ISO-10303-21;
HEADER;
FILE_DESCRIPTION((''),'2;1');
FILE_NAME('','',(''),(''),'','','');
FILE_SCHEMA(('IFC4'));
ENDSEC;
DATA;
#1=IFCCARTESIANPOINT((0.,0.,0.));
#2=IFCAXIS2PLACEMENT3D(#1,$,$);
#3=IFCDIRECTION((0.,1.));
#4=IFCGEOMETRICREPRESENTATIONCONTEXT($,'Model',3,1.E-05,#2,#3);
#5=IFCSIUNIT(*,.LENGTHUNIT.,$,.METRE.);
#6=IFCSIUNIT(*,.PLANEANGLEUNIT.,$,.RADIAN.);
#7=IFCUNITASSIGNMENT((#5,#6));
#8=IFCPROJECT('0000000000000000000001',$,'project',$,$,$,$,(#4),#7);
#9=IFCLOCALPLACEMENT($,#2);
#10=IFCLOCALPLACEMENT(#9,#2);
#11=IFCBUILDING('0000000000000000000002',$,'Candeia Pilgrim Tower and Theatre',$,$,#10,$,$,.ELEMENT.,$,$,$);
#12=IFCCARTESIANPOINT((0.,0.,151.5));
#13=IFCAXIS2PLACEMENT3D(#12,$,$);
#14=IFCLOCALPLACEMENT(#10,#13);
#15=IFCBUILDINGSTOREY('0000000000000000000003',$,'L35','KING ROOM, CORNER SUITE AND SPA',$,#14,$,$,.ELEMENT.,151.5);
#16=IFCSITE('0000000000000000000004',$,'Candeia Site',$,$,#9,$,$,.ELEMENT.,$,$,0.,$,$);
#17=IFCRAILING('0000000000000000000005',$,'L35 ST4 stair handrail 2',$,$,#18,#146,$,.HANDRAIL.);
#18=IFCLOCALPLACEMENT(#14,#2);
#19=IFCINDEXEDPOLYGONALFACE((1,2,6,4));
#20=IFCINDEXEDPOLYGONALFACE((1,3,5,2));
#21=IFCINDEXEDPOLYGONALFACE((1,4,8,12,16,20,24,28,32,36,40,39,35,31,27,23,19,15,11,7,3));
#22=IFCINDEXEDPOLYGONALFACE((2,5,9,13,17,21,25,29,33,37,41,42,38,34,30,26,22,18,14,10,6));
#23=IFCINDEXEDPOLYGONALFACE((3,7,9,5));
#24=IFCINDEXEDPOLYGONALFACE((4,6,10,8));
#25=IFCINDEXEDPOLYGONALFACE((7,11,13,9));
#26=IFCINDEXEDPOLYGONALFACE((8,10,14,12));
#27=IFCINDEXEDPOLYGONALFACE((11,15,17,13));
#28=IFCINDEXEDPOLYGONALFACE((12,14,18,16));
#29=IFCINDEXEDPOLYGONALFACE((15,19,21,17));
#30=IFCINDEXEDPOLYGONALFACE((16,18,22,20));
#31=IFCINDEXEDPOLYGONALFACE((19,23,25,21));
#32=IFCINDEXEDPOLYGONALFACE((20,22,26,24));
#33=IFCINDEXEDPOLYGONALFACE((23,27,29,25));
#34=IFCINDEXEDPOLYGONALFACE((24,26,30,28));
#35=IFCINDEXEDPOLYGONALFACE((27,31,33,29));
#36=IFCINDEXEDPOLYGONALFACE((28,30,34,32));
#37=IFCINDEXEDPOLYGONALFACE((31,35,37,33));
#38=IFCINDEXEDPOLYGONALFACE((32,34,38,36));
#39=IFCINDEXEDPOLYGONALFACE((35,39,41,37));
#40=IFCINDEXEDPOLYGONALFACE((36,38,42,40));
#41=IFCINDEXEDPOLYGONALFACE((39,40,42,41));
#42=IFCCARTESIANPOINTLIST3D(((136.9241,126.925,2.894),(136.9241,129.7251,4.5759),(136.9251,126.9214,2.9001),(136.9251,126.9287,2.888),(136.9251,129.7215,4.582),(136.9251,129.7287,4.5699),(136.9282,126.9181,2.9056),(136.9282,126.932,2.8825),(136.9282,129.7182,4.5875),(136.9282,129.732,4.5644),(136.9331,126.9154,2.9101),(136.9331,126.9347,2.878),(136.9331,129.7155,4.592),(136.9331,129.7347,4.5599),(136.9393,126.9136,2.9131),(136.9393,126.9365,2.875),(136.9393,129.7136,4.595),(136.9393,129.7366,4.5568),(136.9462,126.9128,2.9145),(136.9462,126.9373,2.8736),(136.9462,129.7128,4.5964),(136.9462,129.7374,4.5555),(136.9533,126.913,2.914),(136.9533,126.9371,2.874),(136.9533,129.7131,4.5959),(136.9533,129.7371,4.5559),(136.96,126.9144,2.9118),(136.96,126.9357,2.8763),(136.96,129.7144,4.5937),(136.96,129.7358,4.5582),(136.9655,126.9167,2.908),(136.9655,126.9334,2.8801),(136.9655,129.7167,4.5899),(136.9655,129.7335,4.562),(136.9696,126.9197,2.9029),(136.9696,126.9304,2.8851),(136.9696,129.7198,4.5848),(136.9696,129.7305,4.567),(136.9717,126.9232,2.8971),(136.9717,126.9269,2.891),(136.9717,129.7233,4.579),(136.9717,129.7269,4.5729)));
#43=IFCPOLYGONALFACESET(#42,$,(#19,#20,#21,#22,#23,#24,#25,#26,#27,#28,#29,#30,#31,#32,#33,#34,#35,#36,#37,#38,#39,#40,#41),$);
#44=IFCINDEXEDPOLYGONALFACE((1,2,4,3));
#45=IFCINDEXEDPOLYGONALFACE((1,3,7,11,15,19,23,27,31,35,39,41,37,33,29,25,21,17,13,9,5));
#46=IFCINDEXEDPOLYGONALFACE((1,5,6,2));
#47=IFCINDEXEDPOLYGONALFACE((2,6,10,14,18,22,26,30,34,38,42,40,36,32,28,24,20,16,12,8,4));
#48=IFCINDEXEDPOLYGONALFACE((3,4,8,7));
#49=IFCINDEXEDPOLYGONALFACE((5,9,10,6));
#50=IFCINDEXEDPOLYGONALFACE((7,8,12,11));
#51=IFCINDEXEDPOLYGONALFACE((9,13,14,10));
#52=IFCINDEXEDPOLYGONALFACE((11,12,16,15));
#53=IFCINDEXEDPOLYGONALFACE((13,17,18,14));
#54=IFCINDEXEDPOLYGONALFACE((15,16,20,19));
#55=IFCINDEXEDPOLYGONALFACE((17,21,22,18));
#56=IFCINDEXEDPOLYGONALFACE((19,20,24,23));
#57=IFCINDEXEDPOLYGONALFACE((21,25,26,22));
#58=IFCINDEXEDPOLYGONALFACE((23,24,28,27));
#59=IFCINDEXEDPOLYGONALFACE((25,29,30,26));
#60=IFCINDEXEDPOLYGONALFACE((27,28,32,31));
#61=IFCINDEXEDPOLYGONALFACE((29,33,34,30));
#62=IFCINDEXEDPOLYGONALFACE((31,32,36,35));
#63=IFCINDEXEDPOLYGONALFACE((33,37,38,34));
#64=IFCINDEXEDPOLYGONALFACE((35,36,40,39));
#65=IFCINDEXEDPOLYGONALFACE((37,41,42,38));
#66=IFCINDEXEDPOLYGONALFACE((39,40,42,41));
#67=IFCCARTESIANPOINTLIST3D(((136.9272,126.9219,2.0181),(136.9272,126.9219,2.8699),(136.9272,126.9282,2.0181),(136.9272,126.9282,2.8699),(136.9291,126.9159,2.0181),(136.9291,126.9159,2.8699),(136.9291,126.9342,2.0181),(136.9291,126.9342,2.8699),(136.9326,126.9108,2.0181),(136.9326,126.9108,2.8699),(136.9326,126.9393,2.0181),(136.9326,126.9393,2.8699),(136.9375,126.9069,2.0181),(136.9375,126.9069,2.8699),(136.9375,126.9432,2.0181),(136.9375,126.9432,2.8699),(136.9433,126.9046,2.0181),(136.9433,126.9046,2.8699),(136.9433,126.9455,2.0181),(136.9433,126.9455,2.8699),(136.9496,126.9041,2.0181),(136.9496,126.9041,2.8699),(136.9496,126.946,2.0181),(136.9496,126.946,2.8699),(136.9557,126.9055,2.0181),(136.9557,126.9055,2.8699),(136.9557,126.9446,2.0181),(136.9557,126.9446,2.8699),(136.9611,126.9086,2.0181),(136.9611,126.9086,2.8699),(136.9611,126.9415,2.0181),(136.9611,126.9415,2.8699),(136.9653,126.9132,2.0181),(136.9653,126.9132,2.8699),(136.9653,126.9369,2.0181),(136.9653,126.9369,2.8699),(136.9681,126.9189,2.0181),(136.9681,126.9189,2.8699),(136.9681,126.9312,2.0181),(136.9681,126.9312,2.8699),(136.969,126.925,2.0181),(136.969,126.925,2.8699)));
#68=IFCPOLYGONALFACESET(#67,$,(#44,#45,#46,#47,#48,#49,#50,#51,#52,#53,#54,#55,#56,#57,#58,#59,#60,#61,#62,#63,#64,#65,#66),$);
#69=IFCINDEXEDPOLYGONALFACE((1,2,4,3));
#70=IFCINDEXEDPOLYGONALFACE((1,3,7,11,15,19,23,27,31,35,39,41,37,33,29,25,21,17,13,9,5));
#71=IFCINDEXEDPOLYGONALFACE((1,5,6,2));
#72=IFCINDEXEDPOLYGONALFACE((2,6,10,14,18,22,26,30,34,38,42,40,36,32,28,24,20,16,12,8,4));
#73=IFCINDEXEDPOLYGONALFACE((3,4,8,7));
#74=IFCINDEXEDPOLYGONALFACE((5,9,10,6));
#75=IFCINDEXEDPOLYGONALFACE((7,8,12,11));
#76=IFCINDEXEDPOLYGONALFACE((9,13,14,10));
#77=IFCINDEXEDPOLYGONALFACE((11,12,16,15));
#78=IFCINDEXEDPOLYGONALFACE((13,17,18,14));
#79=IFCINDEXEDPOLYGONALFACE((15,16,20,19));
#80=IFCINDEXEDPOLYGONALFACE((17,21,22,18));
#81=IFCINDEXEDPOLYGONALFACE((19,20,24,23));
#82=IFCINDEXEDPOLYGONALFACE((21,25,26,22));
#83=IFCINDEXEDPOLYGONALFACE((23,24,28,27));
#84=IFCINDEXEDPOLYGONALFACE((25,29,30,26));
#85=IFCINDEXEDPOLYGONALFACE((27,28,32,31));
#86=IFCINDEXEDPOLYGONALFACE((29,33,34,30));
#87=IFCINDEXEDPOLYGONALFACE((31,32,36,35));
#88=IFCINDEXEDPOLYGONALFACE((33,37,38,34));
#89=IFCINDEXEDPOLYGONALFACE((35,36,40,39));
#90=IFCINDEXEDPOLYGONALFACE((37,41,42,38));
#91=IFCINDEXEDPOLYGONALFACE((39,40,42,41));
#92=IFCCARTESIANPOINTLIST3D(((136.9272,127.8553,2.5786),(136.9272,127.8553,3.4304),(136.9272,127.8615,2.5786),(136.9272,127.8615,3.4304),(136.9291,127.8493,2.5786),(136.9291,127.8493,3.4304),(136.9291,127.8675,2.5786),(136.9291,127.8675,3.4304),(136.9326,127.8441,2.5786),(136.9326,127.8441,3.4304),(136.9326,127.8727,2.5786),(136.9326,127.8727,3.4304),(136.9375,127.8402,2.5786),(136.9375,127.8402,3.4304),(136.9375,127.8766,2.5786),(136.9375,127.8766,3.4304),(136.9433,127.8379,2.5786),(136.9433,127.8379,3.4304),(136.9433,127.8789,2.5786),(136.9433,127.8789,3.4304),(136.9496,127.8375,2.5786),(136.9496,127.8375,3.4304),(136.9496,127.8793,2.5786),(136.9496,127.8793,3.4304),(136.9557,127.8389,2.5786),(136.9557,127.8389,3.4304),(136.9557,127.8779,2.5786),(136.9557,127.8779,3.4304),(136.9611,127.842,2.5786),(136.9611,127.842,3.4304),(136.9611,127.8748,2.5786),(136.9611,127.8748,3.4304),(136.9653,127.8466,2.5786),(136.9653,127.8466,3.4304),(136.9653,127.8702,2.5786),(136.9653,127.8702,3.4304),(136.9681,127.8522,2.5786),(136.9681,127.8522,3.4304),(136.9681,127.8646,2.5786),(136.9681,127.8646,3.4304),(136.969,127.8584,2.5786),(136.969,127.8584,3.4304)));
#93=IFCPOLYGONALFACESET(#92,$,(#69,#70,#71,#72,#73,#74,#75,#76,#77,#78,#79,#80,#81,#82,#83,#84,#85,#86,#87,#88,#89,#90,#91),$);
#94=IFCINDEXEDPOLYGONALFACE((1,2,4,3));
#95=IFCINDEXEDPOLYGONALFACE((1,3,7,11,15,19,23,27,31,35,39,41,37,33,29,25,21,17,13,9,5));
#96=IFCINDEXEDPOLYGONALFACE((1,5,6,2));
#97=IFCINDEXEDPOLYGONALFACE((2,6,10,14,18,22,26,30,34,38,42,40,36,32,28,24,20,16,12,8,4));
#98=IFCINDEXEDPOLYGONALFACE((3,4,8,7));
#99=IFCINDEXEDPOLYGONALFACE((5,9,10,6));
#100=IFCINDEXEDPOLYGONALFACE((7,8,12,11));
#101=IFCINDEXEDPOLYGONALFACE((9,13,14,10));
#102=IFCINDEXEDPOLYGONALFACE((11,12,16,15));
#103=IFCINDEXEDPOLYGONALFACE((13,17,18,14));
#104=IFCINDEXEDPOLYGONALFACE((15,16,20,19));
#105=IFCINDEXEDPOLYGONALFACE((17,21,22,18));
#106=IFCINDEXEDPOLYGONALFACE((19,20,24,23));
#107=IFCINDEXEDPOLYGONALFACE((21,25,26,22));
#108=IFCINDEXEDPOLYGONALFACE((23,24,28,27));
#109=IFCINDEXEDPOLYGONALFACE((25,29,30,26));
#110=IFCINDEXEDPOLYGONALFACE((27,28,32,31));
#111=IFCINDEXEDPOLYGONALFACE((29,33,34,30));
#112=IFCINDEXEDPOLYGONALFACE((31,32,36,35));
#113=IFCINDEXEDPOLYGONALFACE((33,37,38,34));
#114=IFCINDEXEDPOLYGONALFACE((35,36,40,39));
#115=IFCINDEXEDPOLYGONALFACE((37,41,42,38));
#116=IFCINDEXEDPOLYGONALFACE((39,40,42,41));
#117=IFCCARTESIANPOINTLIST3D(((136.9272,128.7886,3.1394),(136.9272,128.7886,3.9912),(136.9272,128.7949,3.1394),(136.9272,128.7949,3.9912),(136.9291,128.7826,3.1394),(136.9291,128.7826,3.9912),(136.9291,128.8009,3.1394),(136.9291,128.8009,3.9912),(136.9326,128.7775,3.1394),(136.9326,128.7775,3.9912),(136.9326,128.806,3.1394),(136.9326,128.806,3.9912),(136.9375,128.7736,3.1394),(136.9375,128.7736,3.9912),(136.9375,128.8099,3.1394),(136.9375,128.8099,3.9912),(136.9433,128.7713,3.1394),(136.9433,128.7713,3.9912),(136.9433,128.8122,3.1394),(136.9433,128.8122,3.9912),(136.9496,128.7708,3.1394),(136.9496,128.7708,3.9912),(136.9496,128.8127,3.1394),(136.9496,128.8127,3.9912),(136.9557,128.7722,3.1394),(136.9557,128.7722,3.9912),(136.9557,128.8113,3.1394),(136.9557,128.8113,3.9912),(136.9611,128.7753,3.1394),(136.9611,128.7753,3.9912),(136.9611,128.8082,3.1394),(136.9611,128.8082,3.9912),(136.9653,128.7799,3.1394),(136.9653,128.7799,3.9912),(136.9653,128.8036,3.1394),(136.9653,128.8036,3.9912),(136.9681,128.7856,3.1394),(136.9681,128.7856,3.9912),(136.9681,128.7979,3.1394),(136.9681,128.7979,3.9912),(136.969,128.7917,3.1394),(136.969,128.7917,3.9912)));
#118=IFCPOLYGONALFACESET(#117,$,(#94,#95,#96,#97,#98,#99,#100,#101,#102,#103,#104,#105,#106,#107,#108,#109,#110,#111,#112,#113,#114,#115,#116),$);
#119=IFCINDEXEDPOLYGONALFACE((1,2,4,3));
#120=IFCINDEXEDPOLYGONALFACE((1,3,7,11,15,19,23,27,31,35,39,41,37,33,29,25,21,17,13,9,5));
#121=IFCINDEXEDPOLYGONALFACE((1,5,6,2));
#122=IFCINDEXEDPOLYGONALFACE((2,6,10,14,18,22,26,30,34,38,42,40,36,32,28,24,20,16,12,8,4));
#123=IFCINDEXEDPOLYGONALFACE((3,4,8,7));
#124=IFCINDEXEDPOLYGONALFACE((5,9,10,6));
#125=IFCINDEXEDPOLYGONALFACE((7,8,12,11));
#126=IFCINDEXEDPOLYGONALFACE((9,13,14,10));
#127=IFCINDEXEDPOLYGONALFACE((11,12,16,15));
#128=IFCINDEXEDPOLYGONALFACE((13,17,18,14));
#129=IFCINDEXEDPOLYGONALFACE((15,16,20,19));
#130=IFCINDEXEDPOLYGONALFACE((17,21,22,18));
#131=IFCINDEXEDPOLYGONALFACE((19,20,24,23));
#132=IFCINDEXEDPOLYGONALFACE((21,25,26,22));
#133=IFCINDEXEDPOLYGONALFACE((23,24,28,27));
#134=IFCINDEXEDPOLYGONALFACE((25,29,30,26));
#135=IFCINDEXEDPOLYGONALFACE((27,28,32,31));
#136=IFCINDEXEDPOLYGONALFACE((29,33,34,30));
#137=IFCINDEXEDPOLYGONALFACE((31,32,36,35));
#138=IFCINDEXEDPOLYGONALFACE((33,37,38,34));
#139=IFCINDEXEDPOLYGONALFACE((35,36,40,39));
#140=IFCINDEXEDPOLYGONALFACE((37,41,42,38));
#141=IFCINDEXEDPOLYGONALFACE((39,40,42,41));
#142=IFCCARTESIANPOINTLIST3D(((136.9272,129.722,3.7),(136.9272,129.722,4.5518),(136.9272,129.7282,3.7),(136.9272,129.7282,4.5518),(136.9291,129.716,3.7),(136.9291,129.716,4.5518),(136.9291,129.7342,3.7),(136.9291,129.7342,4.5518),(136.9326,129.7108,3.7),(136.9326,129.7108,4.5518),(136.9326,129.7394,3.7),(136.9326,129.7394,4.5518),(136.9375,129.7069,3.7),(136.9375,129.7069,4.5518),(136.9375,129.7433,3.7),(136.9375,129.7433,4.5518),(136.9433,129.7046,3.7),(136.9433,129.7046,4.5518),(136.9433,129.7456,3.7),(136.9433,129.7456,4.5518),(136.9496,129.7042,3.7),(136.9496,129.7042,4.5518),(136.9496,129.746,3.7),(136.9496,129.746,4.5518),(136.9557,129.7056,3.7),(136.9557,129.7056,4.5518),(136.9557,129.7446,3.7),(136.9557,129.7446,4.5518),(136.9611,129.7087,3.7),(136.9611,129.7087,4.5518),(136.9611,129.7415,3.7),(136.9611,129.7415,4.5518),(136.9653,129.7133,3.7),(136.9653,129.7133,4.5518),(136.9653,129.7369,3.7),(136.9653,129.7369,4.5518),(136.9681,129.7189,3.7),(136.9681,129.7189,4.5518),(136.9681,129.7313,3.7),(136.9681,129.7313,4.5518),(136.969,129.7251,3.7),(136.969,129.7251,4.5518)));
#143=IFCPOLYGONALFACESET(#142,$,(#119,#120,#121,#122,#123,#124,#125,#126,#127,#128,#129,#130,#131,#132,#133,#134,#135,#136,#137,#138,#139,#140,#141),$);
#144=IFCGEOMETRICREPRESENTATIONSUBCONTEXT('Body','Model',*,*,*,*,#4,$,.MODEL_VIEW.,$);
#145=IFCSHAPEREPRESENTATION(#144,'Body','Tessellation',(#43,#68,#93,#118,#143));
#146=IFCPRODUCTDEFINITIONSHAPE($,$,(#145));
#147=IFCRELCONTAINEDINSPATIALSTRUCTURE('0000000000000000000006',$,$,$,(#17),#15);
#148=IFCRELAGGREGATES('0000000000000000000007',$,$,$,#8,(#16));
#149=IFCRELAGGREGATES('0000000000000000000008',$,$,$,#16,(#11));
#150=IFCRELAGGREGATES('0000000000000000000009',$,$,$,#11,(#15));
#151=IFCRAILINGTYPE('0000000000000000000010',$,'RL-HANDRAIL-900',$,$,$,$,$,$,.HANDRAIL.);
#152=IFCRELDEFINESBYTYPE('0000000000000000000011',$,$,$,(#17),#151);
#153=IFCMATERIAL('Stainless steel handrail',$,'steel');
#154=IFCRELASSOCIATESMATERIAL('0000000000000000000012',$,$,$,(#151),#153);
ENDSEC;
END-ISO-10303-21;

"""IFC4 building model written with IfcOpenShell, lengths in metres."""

from ifc_helpers import new_model, si_unit, direction, frame, origin, origin_2d, place, context, subcontext, project, spatial, circle, extrude, material, type_object, element, save


model = new_model("IFC4")

# Units and contexts
model_context = context("Model", 3, precision=1e-05, world=origin(), true_north=direction((0.0, 1.0)))
body_context = subcontext(model_context, "Body", "Model", "MODEL_VIEW")
ifc_project = project(units=[si_unit("LENGTHUNIT", "METRE"), si_unit("PLANEANGLEUNIT", "RADIAN")], contexts=[model_context])

# Site, building, storey
site_placement = place(None, origin())
site = spatial("IfcSite", under=ifc_project, at=site_placement, Name="Candeia Site", CompositionType="ELEMENT", RefElevation=0.0)
building_placement = place(site_placement, origin())
building = spatial("IfcBuilding", under=site, at=building_placement, Name="Candeia Pilgrim Tower and Theatre", CompositionType="ELEMENT")
storey_placement = place(building_placement, frame((0.0, 0.0, 151.5)))
storey = spatial("IfcBuildingStorey", under=building, at=storey_placement, Name="L35", Description="KING ROOM, CORNER SUITE AND SPA", CompositionType="ELEMENT", Elevation=151.5)

# Railing
ifc_material_1 = material(Name="Stainless steel handrail", Category="steel")
railing_type_1 = type_object("IfcRailingType", Name="RL-HANDRAIL-900", PredefinedType="HANDRAIL", material=ifc_material_1)
railing_1_placement = place(storey_placement, frame((136.948, 126.925, 2.0181)))
element("IfcRailing", 1, at=railing_1_placement, inside=storey, type_object=railing_type_1, Name="L35 ST4 stair handrail 2", PredefinedType="HANDRAIL", context=body_context, shape_type="SweptSolid", body=[
    extrude(circle(Radius=0.0239, at=origin_2d()), frame((0.0, 0.0, 0.876), z_axis=(0.0, 0.857242, 0.514913), x_axis=(-1.0, 0.0, 0.0)), (0.0, 0.0, 1.0), 3.2664),
    extrude(circle(Radius=0.021, at=origin_2d()), origin(), (0.0, 0.0, 1.0), 0.8518),
    extrude(circle(Radius=0.021, at=origin_2d()), frame((0.0, 0.9333, 0.5605)), (0.0, 0.0, 1.0), 0.8518),
    extrude(circle(Radius=0.021, at=origin_2d()), frame((0.0, 1.8667, 1.1213)), (0.0, 0.0, 1.0), 0.8518),
    extrude(circle(Radius=0.021, at=origin_2d()), frame((0.0, 2.8, 1.6819)), (0.0, 0.0, 1.0), 0.8518),
])

save(model, "model.ifc")
